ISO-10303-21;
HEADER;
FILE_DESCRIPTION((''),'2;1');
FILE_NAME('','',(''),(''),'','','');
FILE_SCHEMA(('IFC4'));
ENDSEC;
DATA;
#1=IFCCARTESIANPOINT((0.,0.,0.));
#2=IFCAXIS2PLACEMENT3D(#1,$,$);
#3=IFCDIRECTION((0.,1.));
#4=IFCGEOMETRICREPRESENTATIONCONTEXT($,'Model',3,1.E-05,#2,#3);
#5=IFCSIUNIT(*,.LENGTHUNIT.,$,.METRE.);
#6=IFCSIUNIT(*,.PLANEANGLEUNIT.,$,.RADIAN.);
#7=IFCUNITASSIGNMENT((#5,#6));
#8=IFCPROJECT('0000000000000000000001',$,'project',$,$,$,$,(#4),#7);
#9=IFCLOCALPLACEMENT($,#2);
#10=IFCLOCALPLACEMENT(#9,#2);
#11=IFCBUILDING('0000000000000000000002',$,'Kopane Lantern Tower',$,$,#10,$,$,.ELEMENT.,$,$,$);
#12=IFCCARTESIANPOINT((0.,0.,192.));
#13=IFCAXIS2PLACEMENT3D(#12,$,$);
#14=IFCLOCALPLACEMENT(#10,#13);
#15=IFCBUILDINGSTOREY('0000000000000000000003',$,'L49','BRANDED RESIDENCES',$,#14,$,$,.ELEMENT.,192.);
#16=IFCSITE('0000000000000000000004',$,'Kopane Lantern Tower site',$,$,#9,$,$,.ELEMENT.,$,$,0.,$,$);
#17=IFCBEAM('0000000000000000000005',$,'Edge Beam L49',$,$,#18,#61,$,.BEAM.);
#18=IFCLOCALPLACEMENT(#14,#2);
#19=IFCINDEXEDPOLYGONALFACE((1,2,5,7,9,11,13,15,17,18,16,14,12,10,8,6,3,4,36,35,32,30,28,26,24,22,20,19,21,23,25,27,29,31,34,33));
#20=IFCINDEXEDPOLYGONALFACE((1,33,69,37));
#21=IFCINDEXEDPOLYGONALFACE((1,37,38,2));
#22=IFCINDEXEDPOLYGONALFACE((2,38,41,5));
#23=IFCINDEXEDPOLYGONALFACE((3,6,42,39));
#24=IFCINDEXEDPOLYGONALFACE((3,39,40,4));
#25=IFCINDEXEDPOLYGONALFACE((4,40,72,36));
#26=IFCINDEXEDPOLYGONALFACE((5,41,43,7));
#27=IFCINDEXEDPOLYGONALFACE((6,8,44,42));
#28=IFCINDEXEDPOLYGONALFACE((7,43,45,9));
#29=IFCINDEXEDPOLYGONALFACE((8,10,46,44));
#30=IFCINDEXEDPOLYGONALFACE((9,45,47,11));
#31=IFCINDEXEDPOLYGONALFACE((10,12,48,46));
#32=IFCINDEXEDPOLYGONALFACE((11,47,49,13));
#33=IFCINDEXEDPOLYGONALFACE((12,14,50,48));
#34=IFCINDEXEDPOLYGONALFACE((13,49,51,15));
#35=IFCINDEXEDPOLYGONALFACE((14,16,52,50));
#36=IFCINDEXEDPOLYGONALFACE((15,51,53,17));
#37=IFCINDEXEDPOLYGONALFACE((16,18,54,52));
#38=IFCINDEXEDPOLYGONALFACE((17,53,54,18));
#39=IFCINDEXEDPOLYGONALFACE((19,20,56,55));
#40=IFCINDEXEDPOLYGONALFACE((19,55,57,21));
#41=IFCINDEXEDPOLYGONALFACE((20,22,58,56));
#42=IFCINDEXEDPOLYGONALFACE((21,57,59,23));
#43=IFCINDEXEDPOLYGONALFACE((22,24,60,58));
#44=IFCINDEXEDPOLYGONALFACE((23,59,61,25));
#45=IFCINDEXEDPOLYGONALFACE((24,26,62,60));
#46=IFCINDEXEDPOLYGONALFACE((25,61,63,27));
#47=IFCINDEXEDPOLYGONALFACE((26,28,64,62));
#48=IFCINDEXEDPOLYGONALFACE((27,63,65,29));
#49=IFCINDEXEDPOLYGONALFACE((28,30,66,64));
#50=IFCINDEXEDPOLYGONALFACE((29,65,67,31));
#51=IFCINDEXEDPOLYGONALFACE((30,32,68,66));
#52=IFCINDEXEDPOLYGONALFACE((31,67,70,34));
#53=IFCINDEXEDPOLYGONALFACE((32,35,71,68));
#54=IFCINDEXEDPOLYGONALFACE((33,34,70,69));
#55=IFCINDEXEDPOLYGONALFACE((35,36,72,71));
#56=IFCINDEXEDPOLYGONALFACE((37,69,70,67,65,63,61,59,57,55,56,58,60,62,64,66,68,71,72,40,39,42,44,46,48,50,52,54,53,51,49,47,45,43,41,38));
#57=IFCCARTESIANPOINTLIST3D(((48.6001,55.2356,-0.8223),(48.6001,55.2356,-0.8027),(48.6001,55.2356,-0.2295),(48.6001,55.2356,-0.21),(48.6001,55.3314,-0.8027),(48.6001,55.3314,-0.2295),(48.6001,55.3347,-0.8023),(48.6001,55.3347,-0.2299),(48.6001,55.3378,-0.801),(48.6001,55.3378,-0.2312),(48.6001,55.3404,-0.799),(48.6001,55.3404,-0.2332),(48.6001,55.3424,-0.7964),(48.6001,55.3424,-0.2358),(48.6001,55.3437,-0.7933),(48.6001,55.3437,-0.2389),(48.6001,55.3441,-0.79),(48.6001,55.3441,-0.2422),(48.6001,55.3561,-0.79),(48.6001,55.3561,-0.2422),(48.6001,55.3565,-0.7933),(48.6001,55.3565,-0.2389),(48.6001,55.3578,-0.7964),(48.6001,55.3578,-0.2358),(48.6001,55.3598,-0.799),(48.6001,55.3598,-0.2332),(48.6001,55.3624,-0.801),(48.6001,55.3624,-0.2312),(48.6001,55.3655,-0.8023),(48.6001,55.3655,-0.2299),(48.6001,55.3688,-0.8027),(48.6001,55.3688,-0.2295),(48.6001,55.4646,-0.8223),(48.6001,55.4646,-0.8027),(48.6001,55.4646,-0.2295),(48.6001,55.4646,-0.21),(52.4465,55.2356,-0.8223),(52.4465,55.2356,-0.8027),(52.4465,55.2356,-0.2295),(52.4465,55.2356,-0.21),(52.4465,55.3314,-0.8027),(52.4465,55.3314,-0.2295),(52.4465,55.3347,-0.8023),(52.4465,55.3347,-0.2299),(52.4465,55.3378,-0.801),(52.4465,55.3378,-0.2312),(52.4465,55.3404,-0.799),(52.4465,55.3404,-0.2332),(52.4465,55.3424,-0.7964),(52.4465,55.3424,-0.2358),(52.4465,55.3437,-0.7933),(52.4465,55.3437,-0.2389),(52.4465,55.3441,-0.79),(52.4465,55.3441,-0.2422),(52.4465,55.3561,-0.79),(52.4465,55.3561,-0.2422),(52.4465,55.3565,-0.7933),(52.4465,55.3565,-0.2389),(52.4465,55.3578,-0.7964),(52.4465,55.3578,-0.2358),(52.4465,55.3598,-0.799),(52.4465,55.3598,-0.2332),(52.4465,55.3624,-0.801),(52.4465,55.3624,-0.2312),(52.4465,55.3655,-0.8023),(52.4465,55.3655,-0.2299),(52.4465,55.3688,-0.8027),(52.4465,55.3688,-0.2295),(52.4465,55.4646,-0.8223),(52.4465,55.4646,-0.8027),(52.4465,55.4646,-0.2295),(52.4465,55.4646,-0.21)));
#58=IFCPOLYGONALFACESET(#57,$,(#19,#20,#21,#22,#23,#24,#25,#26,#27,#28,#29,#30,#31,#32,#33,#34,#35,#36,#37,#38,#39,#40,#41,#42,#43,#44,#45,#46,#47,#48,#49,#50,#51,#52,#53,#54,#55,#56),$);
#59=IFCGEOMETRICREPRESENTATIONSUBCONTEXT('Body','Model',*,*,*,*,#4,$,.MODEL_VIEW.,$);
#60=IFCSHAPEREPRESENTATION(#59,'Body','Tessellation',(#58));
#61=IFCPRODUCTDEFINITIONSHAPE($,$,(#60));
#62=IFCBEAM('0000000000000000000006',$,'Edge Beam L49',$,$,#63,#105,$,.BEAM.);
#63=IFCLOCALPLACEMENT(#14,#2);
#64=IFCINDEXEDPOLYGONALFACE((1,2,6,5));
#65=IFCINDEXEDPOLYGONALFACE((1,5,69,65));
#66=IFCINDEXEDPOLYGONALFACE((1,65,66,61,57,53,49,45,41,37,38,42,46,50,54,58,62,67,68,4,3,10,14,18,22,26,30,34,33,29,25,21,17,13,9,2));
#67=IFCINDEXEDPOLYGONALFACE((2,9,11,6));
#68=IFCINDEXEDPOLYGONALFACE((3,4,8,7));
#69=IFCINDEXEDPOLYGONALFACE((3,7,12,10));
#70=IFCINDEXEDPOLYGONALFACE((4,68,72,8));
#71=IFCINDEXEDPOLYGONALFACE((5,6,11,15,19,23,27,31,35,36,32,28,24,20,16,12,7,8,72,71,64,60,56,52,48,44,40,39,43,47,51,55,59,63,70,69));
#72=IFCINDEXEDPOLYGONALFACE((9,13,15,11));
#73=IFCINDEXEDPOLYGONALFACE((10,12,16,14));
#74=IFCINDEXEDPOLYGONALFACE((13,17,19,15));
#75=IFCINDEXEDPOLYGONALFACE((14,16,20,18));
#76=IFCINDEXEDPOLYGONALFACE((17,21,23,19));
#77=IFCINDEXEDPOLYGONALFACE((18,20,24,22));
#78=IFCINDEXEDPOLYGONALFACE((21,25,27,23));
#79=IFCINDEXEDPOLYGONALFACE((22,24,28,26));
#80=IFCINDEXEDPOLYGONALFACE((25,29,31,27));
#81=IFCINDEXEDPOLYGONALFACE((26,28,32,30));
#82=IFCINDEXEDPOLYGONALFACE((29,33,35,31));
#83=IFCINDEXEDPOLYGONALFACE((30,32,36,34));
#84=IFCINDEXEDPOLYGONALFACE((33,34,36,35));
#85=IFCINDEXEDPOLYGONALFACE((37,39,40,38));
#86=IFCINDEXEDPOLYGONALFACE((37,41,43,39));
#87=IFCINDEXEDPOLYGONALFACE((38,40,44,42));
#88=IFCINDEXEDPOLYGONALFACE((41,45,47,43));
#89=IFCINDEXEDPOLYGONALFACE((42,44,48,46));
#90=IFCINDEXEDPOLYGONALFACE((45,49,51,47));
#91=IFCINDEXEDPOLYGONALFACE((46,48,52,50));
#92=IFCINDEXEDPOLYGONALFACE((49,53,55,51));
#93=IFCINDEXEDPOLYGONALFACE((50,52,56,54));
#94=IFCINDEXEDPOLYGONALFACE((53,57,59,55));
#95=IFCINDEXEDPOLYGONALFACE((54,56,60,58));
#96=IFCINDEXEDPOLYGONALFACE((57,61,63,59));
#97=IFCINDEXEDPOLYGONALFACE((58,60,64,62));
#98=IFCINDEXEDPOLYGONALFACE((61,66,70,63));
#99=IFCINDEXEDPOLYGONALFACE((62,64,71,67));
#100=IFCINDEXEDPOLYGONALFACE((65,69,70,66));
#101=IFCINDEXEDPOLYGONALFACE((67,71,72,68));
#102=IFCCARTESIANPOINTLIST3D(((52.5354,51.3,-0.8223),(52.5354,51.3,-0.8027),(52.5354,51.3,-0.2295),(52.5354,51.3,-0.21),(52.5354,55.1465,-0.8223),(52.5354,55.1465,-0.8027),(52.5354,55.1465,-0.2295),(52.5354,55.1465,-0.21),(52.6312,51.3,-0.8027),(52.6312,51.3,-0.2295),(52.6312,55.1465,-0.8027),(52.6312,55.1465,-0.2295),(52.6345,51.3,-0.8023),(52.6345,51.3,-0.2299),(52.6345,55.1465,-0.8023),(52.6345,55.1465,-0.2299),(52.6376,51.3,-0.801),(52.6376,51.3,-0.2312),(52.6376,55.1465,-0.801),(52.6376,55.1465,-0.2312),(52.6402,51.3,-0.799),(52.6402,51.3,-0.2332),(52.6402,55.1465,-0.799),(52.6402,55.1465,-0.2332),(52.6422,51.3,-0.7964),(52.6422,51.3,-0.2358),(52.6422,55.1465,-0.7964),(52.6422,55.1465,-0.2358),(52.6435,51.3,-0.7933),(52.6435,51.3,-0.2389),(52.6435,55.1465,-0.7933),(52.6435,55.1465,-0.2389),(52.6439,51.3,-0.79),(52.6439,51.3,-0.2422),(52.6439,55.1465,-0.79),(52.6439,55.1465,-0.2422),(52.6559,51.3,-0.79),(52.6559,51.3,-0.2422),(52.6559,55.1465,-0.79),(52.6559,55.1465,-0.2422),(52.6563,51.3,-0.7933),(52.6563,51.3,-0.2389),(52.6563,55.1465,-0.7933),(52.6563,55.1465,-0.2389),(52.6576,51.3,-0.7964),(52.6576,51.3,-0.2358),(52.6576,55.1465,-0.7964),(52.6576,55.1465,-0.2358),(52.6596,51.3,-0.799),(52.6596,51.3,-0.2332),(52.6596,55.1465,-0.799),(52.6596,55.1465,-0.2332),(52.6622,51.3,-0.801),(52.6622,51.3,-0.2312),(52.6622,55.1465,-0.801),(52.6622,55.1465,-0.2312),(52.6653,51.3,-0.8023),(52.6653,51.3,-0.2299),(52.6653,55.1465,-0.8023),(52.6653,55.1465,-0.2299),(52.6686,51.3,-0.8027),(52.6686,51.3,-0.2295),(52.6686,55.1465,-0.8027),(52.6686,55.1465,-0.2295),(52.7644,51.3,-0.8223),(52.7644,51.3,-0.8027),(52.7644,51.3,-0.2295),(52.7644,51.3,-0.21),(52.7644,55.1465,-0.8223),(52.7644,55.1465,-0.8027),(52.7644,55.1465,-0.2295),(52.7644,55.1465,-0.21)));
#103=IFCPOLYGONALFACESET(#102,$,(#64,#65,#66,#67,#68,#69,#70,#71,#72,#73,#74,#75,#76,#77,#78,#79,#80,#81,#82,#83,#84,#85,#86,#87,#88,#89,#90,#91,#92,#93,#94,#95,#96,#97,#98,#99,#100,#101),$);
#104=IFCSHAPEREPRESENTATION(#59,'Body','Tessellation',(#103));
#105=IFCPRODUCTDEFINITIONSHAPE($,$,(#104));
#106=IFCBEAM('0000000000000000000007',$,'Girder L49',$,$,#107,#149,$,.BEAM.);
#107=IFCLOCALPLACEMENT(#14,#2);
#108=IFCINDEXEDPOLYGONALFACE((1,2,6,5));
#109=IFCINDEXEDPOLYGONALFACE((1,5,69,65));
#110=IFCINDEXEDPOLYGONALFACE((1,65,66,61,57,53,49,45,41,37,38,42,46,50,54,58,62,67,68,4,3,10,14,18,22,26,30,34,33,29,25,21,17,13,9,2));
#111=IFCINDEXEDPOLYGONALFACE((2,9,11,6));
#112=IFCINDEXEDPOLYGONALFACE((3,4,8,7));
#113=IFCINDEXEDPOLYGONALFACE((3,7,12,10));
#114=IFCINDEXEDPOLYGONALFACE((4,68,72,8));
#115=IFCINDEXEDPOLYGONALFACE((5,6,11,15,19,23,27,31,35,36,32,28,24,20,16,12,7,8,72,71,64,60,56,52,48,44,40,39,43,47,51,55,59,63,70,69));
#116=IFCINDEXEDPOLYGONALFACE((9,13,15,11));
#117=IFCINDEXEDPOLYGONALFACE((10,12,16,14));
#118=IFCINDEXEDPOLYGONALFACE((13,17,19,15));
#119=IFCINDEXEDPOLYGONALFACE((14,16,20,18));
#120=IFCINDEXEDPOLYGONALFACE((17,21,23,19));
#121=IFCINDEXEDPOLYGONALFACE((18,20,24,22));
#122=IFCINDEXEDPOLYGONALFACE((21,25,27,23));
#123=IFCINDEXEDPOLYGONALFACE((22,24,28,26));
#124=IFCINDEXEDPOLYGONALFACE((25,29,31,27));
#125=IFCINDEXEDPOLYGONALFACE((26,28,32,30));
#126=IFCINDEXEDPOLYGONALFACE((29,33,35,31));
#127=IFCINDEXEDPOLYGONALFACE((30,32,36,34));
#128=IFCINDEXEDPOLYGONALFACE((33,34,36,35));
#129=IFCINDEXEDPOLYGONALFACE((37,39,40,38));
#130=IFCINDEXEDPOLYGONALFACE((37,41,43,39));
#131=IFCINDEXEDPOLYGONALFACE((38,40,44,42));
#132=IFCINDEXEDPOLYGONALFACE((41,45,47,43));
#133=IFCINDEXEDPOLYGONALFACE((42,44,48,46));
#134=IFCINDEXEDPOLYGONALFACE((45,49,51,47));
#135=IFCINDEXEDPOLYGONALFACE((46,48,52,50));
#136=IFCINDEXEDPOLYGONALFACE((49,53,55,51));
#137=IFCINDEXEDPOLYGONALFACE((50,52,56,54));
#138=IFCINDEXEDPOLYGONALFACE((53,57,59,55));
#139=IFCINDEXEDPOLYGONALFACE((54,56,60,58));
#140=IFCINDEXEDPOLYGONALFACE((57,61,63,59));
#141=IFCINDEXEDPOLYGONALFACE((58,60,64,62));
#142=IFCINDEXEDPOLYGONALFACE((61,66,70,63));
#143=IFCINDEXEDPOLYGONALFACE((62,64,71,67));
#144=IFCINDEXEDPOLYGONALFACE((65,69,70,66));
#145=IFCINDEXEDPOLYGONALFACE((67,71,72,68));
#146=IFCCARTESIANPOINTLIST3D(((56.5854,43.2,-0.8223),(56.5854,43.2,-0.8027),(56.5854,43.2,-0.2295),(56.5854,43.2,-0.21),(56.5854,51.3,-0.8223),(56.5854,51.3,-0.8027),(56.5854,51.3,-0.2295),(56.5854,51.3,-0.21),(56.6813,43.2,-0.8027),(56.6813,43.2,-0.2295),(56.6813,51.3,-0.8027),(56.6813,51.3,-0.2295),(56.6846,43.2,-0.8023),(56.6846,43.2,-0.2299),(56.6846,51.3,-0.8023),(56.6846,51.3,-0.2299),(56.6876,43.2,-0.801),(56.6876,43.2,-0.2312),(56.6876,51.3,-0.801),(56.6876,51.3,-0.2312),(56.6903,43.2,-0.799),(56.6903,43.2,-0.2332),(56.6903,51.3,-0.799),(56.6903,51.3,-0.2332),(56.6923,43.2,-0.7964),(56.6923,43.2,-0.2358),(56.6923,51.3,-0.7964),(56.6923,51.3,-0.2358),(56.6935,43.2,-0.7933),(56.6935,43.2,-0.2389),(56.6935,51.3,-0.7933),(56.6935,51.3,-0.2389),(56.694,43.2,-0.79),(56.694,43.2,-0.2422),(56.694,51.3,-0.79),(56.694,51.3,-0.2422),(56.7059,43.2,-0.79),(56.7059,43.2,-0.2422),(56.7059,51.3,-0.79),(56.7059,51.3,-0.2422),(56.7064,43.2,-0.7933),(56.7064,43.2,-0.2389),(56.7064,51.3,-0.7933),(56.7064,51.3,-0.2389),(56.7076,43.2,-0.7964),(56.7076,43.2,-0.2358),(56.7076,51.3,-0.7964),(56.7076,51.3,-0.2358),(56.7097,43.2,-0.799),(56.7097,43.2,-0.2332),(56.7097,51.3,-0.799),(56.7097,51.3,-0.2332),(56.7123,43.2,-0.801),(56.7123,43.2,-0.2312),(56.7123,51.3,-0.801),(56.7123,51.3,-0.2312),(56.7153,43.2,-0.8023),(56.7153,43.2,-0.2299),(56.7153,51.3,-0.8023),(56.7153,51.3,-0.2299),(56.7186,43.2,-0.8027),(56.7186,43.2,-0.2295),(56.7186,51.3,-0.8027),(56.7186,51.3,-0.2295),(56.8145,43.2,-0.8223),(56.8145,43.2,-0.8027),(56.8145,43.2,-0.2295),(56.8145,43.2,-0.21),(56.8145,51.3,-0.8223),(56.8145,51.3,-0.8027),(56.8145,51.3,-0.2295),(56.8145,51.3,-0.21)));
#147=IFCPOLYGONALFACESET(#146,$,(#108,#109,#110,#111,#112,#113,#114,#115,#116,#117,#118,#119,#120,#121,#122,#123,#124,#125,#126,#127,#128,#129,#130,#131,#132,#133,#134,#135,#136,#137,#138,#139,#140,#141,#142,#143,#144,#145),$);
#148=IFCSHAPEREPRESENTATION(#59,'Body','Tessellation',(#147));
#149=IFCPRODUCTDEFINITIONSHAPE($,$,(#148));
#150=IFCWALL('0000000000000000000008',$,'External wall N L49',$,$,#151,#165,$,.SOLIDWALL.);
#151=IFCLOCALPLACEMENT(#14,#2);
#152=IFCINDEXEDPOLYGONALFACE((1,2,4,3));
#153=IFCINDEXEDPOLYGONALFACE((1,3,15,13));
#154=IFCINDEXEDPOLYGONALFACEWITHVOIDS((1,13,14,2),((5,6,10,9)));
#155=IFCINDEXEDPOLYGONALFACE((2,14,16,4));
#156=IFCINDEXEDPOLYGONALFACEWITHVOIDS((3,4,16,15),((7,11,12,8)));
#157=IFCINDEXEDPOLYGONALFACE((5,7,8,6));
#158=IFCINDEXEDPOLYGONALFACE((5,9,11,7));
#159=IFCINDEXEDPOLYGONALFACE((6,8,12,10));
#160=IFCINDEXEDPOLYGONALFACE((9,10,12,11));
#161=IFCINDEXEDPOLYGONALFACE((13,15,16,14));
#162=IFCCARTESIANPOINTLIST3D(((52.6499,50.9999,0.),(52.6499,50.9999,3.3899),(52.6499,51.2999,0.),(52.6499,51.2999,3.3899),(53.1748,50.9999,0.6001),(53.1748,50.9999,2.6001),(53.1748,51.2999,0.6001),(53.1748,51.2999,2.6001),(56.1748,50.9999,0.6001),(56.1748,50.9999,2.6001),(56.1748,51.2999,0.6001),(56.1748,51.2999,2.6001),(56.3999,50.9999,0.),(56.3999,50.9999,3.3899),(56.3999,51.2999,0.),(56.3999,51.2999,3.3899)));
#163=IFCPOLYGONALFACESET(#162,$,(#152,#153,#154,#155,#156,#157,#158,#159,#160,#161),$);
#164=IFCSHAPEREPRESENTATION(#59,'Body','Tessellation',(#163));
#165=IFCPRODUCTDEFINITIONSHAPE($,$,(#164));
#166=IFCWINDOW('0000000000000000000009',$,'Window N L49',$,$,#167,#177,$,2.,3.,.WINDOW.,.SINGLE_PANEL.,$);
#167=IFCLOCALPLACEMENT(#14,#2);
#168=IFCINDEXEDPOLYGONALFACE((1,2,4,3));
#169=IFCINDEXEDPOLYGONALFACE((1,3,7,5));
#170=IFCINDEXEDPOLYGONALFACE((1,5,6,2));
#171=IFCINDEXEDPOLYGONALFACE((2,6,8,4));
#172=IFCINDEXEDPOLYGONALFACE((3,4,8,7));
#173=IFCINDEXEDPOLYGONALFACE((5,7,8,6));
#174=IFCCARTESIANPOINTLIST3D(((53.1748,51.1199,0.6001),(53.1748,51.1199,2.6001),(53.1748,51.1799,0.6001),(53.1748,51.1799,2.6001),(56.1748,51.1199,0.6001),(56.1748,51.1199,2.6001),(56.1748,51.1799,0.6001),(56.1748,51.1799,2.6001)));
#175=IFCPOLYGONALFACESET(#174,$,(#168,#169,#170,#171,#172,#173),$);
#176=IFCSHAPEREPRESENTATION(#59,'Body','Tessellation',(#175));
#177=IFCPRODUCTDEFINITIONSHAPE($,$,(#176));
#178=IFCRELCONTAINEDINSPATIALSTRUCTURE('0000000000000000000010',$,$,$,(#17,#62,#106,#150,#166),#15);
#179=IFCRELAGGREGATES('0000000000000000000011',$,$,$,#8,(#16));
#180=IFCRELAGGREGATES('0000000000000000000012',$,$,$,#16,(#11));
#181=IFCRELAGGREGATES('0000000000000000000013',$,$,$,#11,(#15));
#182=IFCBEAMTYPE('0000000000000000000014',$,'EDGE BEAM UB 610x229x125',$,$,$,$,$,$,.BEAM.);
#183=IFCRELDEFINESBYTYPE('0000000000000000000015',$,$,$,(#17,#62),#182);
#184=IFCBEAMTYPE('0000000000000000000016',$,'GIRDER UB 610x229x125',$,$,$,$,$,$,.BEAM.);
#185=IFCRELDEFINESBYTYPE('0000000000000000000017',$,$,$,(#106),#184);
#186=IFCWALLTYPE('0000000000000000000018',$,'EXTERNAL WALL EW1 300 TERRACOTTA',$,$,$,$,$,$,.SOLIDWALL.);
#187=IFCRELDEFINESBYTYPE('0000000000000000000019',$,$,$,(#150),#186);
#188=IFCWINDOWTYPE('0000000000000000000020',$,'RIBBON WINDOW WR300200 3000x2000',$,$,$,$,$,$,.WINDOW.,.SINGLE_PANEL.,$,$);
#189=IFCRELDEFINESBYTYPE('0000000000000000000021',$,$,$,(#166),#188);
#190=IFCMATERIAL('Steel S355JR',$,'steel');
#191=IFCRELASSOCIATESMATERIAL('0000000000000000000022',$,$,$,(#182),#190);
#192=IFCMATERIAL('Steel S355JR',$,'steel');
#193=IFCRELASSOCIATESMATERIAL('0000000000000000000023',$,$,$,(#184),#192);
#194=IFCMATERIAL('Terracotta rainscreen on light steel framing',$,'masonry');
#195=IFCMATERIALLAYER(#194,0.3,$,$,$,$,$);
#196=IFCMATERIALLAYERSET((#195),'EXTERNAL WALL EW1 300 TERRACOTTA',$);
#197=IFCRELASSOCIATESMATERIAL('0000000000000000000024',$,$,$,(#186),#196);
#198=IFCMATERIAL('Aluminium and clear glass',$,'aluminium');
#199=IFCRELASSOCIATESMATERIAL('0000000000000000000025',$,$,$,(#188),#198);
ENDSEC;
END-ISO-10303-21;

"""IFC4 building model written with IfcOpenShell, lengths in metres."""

from ifc_helpers import new_model, si_unit, direction, frame, frame_2d, origin, origin_2d, place, context, subcontext, project, spatial, rectangle, i_section, extrude, material, layer, layer_set, material_profile, profile_set, type_object, element, fill, save


model = new_model("IFC4")

# Units and contexts
model_context = context("Model", 3, precision=1e-05, world=origin(), true_north=direction((0.0, 1.0)))
body_context = subcontext(model_context, "Body", "Model", "MODEL_VIEW")
ifc_project = project(units=[si_unit("LENGTHUNIT", "METRE"), si_unit("PLANEANGLEUNIT", "RADIAN")], contexts=[model_context])

# Site, building, storey
site_placement = place(None, origin())
site = spatial("IfcSite", under=ifc_project, at=site_placement, Name="Kopane Lantern Tower site", CompositionType="ELEMENT", RefElevation=0.0)
building_placement = place(site_placement, origin())
building = spatial("IfcBuilding", under=site, at=building_placement, Name="Kopane Lantern Tower", CompositionType="ELEMENT")
storey_placement = place(building_placement, frame((0.0, 0.0, 192.0)))
storey = spatial("IfcBuildingStorey", under=building, at=storey_placement, Name="L49", Description="BRANDED RESIDENCES", CompositionType="ELEMENT", Elevation=192.0)

# Beams
ifc_material_1 = material(Name="Steel S355JR", Category="steel")
ifc_material_profile_1 = material_profile(ifc_material_1, i_section(OverallWidth=0.229, OverallDepth=0.6123, WebThickness=0.012, FlangeThickness=0.0195, FilletRadius=0.0127, at=origin_2d()), Name="UB 610x229x125")
ifc_profile_set_1 = profile_set([ifc_material_profile_1], Name="Steel S355JR")
beam_type_1 = type_object("IfcBeamType", Name="EDGE BEAM UB 610x229x125", PredefinedType="BEAM", material=ifc_profile_set_1)
for number, where, z_axis, x_axis, name in (
    (1, (52.4465, 55.3501, -0.5161), (-1.0, 0.0, 0.0), (0.0, -1.0, 0.0), "Edge Beam L49"),
    (2, (52.6499, 55.1465, -0.5161), (0.0, -1.0, 0.0), (1.0, 0.0, 0.0), "Edge Beam L49"),
):
    element("IfcBeam", number, at=place(storey_placement, frame(where, z_axis=z_axis, x_axis=x_axis)), inside=storey, type_object=beam_type_1, Name=name, PredefinedType="BEAM", context=body_context, shape_type="SweptSolid", body=[
        extrude(i_section(OverallWidth=0.229, OverallDepth=0.6123, WebThickness=0.012, FlangeThickness=0.0195, FilletRadius=0.0127, at=origin_2d()), origin(), (0.0, 0.0, 1.0), 3.8464),
    ])
ifc_material_2 = material(Name="Steel S355JR", Category="steel")
ifc_material_profile_2 = material_profile(ifc_material_2, i_section(OverallWidth=0.229, OverallDepth=0.6123, WebThickness=0.012, FlangeThickness=0.0195, FilletRadius=0.0127, at=origin_2d()), Name="UB 610x229x125")
ifc_profile_set_2 = profile_set([ifc_material_profile_2], Name="Steel S355JR")
beam_type_2 = type_object("IfcBeamType", Name="GIRDER UB 610x229x125", PredefinedType="BEAM", material=ifc_profile_set_2)
beam_1_placement = place(storey_placement, frame((56.7, 43.2, -0.5161), z_axis=(0.0, 1.0, 0.0), x_axis=(-1.0, 0.0, 0.0)))
element("IfcBeam", 3, at=beam_1_placement, inside=storey, type_object=beam_type_2, Name="Girder L49", PredefinedType="BEAM", context=body_context, shape_type="SweptSolid", body=[
    extrude(i_section(OverallWidth=0.229, OverallDepth=0.6123, WebThickness=0.012, FlangeThickness=0.0195, FilletRadius=0.0127, at=origin_2d()), origin(), (0.0, 0.0, 1.0), 8.1001),
])

# Wall, opening, window
ifc_material_3 = material(Name="Terracotta rainscreen on light steel framing", Category="masonry")
ifc_layer = layer(ifc_material_3, 0.3)
ifc_layer_set = layer_set([ifc_layer], Name="EXTERNAL WALL EW1 300 TERRACOTTA")
wall_type = type_object("IfcWallType", Name="EXTERNAL WALL EW1 300 TERRACOTTA", PredefinedType="SOLIDWALL", material=ifc_layer_set)
wall_1_placement = place(storey_placement, frame((56.3999, 51.1499, 0.0), z_axis=(0.0, 0.0, 1.0), x_axis=(-1.0, 0.0, 0.0)))
wall_1 = element("IfcWall", 4, at=wall_1_placement, inside=storey, type_object=wall_type, Name="External wall N L49", PredefinedType="SOLIDWALL", context=body_context, shape_type="SweptSolid", body=[
    extrude(rectangle(XDim=3.75, YDim=0.3, at=frame_2d((1.875, 0.0))), origin(), (0.0, 0.0, 1.0), 3.3899),
])
opening_1_placement = place(wall_1_placement, frame((0.2251, 0.0, 0.6001)))
opening_1 = element("IfcOpeningElement", 5, at=opening_1_placement, cuts=wall_1, PredefinedType="OPENING", context=body_context, shape_type="SweptSolid", body=[
    extrude(rectangle(XDim=3.0, YDim=2.0, at=frame_2d((1.5, 1.0))), frame((0.0, 0.1599, 0.0), z_axis=(0.0, -1.0, 0.0), x_axis=(1.0, 0.0, 0.0)), (0.0, 0.0, 1.0), 0.3201),
])
ifc_material_4 = material(Name="Aluminium and clear glass", Category="aluminium")
window_type = type_object("IfcWindowType", Name="RIBBON WINDOW WR300200 3000x2000", PartitioningType="SINGLE_PANEL", PredefinedType="WINDOW", material=ifc_material_4)
window_1_placement = place(opening_1_placement, origin())
window_1 = element("IfcWindow", 6, at=window_1_placement, inside=storey, type_object=window_type, Name="Window N L49", OverallHeight=2.0, OverallWidth=3.0, PartitioningType="SINGLE_PANEL", PredefinedType="WINDOW", context=body_context, shape_type="SweptSolid", body=[
    extrude(rectangle(XDim=3.0, YDim=2.0, at=frame_2d((1.5, 1.0))), frame((0.0, 0.03, 0.0), z_axis=(0.0, -1.0, 0.0), x_axis=(1.0, 0.0, 0.0)), (0.0, 0.0, 1.0), 0.0601),
])
fill(opening_1, window_1)

save(model, "model.ifc")
